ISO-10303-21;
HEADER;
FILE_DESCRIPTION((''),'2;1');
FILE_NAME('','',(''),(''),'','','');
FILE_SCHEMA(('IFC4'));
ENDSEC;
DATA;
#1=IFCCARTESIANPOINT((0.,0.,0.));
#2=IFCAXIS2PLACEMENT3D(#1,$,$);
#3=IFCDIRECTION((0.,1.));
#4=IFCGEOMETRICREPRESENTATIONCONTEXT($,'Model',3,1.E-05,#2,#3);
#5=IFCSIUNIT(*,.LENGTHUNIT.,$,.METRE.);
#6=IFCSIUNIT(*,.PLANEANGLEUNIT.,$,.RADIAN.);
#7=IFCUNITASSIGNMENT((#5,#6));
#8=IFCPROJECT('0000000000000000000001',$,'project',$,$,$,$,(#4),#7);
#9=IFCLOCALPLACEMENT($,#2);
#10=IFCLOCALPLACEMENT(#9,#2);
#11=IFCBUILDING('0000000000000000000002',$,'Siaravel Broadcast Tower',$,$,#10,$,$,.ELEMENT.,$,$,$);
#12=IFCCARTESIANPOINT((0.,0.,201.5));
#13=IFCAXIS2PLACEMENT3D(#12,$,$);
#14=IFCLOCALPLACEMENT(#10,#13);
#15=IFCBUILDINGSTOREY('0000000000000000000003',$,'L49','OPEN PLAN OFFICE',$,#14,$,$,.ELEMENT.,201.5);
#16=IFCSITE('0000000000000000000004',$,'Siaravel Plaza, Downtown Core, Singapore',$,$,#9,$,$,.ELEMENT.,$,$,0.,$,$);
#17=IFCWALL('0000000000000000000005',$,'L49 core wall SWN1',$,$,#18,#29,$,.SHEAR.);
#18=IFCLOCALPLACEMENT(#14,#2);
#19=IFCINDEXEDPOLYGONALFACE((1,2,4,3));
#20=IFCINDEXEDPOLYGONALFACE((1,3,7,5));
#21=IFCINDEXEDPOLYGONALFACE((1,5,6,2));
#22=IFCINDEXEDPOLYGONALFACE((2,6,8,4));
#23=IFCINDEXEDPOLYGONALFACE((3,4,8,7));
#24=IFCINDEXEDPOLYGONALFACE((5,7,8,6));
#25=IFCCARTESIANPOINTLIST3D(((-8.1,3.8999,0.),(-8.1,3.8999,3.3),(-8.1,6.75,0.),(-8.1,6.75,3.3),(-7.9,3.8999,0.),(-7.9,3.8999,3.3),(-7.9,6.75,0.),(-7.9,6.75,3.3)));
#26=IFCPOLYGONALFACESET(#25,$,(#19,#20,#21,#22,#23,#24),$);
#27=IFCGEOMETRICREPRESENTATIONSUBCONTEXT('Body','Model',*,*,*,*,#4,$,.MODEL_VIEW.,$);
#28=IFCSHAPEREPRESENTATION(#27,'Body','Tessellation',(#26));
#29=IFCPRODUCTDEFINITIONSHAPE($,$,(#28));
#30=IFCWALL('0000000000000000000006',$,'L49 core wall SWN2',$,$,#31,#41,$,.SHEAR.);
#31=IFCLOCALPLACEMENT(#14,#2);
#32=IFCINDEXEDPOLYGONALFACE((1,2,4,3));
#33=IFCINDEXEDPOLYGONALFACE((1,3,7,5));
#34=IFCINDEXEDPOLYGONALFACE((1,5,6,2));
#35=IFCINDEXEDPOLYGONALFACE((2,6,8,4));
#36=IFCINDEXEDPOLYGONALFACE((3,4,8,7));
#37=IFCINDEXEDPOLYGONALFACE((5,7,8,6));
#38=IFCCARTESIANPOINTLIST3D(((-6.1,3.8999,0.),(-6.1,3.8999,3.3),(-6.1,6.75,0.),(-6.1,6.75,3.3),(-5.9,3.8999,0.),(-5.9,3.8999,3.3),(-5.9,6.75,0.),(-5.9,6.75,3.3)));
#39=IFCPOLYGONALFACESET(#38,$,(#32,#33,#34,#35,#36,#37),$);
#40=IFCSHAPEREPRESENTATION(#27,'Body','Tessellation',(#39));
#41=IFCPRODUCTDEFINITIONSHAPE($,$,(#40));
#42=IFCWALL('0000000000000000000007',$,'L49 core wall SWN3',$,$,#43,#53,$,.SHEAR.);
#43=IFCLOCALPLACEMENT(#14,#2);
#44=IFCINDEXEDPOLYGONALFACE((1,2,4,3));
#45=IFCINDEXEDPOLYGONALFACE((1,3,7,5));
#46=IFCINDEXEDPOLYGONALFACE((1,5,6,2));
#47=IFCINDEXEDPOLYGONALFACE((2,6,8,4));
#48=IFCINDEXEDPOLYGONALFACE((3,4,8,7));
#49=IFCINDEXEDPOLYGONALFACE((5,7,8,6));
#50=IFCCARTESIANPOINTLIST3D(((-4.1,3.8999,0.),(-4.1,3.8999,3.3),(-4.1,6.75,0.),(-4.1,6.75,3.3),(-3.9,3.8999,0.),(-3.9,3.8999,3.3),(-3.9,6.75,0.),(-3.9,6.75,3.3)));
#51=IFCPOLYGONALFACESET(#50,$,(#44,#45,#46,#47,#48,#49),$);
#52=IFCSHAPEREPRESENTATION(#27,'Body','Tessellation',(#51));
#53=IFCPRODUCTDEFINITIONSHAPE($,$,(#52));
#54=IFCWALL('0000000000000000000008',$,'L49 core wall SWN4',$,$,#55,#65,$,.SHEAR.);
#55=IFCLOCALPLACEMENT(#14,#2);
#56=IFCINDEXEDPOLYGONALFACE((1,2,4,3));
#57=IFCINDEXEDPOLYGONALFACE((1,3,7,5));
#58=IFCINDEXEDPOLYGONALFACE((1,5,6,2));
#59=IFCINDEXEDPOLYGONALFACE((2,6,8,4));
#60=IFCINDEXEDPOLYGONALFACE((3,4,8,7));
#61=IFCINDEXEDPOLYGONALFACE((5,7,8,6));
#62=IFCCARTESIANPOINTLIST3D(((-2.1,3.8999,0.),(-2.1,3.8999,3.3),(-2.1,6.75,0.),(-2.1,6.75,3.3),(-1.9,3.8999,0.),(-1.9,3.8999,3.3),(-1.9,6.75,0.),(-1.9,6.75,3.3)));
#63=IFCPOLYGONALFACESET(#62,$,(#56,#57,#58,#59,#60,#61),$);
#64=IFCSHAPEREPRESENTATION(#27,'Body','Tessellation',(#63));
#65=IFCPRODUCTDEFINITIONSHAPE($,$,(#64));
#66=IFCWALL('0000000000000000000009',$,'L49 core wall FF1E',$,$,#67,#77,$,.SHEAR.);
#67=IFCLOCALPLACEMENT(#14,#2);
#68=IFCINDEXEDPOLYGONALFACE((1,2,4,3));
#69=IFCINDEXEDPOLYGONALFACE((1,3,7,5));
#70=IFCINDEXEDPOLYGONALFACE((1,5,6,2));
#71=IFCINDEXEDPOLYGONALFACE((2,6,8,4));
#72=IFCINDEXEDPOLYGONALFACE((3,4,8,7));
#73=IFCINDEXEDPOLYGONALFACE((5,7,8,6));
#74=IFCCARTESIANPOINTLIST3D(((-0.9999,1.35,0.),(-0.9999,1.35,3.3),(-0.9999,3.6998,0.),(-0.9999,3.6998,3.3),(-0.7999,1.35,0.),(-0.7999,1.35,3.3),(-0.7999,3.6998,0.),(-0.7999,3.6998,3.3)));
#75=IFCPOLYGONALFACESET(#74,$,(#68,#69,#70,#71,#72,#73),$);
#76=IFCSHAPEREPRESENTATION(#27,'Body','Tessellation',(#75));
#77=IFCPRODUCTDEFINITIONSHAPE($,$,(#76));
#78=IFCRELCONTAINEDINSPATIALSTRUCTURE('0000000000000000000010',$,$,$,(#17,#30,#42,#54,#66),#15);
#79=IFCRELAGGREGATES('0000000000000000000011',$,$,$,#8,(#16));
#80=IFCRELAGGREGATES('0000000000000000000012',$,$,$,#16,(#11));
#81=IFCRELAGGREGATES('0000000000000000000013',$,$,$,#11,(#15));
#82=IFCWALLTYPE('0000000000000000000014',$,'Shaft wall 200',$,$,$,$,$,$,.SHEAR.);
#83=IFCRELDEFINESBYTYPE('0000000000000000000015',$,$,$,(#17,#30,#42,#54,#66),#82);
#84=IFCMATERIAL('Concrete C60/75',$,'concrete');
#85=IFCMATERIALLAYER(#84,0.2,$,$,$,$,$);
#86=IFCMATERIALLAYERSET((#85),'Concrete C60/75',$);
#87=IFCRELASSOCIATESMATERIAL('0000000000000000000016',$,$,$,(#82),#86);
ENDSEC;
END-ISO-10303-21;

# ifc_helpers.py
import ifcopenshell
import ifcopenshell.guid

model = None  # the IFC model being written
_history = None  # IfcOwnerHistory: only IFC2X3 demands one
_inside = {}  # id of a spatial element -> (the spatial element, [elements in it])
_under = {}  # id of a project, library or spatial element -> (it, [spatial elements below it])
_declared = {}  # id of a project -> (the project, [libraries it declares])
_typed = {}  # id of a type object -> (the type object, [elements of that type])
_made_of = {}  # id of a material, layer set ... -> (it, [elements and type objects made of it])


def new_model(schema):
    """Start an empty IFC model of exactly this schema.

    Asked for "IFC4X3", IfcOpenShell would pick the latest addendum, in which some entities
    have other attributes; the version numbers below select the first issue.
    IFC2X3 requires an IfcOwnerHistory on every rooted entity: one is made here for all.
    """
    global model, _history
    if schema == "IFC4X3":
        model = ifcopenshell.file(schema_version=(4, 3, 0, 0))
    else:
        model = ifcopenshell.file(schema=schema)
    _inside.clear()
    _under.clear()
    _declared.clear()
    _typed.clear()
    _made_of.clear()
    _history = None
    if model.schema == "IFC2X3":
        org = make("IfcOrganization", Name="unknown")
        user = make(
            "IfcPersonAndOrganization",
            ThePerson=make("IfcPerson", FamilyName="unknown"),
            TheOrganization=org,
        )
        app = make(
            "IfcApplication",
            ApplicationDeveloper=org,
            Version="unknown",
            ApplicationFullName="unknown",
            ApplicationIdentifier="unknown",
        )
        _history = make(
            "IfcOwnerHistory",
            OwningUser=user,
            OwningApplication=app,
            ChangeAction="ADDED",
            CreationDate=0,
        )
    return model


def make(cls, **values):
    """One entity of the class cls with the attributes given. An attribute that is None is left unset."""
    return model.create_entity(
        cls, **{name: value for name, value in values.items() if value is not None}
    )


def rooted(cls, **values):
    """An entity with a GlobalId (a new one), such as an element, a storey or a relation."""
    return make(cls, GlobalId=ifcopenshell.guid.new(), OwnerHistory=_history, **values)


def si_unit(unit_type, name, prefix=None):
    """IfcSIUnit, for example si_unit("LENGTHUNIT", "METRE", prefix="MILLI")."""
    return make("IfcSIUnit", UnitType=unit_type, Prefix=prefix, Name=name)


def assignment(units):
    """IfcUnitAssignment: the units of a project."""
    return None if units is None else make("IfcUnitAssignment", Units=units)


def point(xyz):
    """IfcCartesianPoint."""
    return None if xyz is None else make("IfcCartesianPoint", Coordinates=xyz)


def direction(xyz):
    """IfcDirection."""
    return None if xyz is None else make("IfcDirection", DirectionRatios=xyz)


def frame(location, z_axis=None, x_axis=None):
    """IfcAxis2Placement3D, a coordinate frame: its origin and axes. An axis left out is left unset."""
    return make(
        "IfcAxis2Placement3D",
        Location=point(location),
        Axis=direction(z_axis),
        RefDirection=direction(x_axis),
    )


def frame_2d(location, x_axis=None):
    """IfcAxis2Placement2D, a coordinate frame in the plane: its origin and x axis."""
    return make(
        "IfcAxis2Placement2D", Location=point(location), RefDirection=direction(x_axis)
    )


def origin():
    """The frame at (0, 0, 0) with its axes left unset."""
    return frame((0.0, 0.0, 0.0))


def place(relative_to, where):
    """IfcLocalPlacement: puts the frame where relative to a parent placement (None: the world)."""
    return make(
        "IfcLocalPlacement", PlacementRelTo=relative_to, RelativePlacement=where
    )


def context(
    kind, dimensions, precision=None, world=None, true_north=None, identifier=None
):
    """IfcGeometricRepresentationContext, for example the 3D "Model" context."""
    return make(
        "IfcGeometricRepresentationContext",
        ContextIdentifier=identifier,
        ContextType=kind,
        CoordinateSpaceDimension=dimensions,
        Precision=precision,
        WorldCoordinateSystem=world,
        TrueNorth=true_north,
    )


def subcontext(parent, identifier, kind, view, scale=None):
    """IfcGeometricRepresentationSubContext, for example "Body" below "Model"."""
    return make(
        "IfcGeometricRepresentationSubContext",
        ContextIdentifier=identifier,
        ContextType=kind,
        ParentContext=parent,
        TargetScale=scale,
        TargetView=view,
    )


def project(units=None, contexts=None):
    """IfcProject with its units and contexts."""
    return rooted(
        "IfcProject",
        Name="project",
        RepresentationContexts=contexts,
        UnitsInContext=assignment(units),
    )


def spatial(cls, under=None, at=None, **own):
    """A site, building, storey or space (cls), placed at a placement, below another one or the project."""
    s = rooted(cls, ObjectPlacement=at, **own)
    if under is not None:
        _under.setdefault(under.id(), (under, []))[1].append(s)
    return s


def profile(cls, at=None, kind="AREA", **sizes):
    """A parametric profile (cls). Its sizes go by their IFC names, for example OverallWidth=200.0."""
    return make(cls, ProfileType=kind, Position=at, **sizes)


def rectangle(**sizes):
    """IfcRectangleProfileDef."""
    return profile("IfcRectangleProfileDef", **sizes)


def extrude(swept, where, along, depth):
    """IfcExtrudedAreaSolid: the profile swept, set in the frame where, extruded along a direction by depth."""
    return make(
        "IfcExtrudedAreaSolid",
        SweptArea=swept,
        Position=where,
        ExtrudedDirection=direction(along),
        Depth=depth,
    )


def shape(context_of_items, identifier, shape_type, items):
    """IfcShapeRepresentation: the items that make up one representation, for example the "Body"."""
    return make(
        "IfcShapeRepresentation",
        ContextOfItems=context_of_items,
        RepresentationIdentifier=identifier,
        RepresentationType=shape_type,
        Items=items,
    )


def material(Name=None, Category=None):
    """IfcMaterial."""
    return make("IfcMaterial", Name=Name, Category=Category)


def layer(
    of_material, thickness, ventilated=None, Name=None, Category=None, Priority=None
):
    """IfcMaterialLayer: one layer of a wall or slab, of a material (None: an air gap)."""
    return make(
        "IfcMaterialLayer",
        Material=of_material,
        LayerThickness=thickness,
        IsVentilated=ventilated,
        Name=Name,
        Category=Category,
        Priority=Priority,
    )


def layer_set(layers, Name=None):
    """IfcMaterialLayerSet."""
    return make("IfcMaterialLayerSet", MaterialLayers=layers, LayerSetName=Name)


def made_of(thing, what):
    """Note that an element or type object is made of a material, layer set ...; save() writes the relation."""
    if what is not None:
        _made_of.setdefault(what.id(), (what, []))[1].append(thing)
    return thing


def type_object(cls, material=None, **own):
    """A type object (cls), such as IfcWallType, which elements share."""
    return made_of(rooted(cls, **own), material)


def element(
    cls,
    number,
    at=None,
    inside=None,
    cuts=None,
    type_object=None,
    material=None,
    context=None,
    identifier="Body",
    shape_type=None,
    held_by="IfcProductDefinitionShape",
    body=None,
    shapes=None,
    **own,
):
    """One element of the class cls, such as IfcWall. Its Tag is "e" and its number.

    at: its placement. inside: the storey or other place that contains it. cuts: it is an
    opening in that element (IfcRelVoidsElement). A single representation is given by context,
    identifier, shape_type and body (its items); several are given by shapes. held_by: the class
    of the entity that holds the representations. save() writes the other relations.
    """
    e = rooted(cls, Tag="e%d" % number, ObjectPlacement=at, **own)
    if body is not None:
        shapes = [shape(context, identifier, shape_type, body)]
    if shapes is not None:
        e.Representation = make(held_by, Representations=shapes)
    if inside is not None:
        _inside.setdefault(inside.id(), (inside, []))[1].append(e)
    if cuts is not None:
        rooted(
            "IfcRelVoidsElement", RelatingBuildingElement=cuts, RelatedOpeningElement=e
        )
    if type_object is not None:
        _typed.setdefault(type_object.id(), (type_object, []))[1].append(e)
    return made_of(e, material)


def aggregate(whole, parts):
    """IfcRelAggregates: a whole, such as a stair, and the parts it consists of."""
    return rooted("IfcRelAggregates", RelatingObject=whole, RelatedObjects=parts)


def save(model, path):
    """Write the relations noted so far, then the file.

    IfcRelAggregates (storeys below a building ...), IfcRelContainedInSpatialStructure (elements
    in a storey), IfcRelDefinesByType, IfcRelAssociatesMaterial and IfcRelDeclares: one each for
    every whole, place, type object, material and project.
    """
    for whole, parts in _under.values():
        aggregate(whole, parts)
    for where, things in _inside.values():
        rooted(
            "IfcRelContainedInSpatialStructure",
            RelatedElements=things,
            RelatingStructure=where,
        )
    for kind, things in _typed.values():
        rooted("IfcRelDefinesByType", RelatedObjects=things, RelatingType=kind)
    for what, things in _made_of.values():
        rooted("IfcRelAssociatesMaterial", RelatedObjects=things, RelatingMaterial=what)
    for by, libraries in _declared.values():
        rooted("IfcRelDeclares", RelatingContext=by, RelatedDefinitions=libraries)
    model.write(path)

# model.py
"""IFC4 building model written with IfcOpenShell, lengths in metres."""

from ifc_helpers import new_model, si_unit, direction, frame, frame_2d, origin, place, context, subcontext, project, spatial, rectangle, extrude, material, layer, layer_set, type_object, element, save


model = new_model("IFC4")

# Units and contexts
model_context = context("Model", 3, precision=1e-05, world=origin(), true_north=direction((0.0, 1.0)))
body_context = subcontext(model_context, "Body", "Model", "MODEL_VIEW")
ifc_project = project(units=[si_unit("LENGTHUNIT", "METRE"), si_unit("PLANEANGLEUNIT", "RADIAN")], contexts=[model_context])

# Site, building, storey
site_placement = place(None, origin())
site = spatial("IfcSite", under=ifc_project, at=site_placement, Name="Siaravel Plaza, Downtown Core, Singapore", CompositionType="ELEMENT", RefElevation=0.0)
building_placement = place(site_placement, origin())
building = spatial("IfcBuilding", under=site, at=building_placement, Name="Siaravel Broadcast Tower", CompositionType="ELEMENT")
storey_placement = place(building_placement, frame((0.0, 0.0, 201.5)))
storey = spatial("IfcBuildingStorey", under=building, at=storey_placement, Name="L49", Description="OPEN PLAN OFFICE", CompositionType="ELEMENT", Elevation=201.5)

# Shared definitions
ifc_material_1 = material(Name="Concrete C60/75", Category="concrete")

# Walls
ifc_layer_1 = layer(ifc_material_1, 0.2)
ifc_layer_set_1 = layer_set([ifc_layer_1], Name="Concrete C60/75")
wall_type_1 = type_object("IfcWallType", Name="Shaft wall 200", PredefinedType="SHEAR", material=ifc_layer_set_1)
for number, where, z_axis, x_axis, name in (
    (1, (-8.0, 3.8999, 0.0), (0.0, 0.0, 1.0), (0.0, 1.0, 0.0), "L49 core wall SWN1"),
    (2, (-6.0, 3.8999, 0.0), (0.0, 0.0, 1.0), (0.0, 1.0, 0.0), "L49 core wall SWN2"),
    (3, (-4.0, 3.8999, 0.0), (0.0, 0.0, 1.0), (0.0, 1.0, 0.0), "L49 core wall SWN3"),
    (4, (-2.0, 3.8999, 0.0), (0.0, 0.0, 1.0), (0.0, 1.0, 0.0), "L49 core wall SWN4"),
):
    element("IfcWall", number, at=place(storey_placement, frame(where, z_axis=z_axis, x_axis=x_axis)), inside=storey, type_object=wall_type_1, Name=name, PredefinedType="SHEAR", context=body_context, shape_type="SweptSolid", body=[
        extrude(rectangle(XDim=2.8501, YDim=0.2, at=frame_2d((1.425, 0.0))), origin(), (0.0, 0.0, 1.0), 3.3),
    ])
wall_1_placement = place(storey_placement, frame((-0.8999, 1.3501, 0.0), z_axis=(0.0, 0.0, 1.0), x_axis=(0.0, 1.0, 0.0)))
element("IfcWall", 5, at=wall_1_placement, inside=storey, type_object=wall_type_1, Name="L49 core wall FF1E", PredefinedType="SHEAR", context=body_context, shape_type="SweptSolid", body=[
    extrude(rectangle(XDim=2.3499, YDim=0.2, at=frame_2d((1.1748, 0.0))), origin(), (0.0, 0.0, 1.0), 3.3),
])

save(model, "model.ifc")
